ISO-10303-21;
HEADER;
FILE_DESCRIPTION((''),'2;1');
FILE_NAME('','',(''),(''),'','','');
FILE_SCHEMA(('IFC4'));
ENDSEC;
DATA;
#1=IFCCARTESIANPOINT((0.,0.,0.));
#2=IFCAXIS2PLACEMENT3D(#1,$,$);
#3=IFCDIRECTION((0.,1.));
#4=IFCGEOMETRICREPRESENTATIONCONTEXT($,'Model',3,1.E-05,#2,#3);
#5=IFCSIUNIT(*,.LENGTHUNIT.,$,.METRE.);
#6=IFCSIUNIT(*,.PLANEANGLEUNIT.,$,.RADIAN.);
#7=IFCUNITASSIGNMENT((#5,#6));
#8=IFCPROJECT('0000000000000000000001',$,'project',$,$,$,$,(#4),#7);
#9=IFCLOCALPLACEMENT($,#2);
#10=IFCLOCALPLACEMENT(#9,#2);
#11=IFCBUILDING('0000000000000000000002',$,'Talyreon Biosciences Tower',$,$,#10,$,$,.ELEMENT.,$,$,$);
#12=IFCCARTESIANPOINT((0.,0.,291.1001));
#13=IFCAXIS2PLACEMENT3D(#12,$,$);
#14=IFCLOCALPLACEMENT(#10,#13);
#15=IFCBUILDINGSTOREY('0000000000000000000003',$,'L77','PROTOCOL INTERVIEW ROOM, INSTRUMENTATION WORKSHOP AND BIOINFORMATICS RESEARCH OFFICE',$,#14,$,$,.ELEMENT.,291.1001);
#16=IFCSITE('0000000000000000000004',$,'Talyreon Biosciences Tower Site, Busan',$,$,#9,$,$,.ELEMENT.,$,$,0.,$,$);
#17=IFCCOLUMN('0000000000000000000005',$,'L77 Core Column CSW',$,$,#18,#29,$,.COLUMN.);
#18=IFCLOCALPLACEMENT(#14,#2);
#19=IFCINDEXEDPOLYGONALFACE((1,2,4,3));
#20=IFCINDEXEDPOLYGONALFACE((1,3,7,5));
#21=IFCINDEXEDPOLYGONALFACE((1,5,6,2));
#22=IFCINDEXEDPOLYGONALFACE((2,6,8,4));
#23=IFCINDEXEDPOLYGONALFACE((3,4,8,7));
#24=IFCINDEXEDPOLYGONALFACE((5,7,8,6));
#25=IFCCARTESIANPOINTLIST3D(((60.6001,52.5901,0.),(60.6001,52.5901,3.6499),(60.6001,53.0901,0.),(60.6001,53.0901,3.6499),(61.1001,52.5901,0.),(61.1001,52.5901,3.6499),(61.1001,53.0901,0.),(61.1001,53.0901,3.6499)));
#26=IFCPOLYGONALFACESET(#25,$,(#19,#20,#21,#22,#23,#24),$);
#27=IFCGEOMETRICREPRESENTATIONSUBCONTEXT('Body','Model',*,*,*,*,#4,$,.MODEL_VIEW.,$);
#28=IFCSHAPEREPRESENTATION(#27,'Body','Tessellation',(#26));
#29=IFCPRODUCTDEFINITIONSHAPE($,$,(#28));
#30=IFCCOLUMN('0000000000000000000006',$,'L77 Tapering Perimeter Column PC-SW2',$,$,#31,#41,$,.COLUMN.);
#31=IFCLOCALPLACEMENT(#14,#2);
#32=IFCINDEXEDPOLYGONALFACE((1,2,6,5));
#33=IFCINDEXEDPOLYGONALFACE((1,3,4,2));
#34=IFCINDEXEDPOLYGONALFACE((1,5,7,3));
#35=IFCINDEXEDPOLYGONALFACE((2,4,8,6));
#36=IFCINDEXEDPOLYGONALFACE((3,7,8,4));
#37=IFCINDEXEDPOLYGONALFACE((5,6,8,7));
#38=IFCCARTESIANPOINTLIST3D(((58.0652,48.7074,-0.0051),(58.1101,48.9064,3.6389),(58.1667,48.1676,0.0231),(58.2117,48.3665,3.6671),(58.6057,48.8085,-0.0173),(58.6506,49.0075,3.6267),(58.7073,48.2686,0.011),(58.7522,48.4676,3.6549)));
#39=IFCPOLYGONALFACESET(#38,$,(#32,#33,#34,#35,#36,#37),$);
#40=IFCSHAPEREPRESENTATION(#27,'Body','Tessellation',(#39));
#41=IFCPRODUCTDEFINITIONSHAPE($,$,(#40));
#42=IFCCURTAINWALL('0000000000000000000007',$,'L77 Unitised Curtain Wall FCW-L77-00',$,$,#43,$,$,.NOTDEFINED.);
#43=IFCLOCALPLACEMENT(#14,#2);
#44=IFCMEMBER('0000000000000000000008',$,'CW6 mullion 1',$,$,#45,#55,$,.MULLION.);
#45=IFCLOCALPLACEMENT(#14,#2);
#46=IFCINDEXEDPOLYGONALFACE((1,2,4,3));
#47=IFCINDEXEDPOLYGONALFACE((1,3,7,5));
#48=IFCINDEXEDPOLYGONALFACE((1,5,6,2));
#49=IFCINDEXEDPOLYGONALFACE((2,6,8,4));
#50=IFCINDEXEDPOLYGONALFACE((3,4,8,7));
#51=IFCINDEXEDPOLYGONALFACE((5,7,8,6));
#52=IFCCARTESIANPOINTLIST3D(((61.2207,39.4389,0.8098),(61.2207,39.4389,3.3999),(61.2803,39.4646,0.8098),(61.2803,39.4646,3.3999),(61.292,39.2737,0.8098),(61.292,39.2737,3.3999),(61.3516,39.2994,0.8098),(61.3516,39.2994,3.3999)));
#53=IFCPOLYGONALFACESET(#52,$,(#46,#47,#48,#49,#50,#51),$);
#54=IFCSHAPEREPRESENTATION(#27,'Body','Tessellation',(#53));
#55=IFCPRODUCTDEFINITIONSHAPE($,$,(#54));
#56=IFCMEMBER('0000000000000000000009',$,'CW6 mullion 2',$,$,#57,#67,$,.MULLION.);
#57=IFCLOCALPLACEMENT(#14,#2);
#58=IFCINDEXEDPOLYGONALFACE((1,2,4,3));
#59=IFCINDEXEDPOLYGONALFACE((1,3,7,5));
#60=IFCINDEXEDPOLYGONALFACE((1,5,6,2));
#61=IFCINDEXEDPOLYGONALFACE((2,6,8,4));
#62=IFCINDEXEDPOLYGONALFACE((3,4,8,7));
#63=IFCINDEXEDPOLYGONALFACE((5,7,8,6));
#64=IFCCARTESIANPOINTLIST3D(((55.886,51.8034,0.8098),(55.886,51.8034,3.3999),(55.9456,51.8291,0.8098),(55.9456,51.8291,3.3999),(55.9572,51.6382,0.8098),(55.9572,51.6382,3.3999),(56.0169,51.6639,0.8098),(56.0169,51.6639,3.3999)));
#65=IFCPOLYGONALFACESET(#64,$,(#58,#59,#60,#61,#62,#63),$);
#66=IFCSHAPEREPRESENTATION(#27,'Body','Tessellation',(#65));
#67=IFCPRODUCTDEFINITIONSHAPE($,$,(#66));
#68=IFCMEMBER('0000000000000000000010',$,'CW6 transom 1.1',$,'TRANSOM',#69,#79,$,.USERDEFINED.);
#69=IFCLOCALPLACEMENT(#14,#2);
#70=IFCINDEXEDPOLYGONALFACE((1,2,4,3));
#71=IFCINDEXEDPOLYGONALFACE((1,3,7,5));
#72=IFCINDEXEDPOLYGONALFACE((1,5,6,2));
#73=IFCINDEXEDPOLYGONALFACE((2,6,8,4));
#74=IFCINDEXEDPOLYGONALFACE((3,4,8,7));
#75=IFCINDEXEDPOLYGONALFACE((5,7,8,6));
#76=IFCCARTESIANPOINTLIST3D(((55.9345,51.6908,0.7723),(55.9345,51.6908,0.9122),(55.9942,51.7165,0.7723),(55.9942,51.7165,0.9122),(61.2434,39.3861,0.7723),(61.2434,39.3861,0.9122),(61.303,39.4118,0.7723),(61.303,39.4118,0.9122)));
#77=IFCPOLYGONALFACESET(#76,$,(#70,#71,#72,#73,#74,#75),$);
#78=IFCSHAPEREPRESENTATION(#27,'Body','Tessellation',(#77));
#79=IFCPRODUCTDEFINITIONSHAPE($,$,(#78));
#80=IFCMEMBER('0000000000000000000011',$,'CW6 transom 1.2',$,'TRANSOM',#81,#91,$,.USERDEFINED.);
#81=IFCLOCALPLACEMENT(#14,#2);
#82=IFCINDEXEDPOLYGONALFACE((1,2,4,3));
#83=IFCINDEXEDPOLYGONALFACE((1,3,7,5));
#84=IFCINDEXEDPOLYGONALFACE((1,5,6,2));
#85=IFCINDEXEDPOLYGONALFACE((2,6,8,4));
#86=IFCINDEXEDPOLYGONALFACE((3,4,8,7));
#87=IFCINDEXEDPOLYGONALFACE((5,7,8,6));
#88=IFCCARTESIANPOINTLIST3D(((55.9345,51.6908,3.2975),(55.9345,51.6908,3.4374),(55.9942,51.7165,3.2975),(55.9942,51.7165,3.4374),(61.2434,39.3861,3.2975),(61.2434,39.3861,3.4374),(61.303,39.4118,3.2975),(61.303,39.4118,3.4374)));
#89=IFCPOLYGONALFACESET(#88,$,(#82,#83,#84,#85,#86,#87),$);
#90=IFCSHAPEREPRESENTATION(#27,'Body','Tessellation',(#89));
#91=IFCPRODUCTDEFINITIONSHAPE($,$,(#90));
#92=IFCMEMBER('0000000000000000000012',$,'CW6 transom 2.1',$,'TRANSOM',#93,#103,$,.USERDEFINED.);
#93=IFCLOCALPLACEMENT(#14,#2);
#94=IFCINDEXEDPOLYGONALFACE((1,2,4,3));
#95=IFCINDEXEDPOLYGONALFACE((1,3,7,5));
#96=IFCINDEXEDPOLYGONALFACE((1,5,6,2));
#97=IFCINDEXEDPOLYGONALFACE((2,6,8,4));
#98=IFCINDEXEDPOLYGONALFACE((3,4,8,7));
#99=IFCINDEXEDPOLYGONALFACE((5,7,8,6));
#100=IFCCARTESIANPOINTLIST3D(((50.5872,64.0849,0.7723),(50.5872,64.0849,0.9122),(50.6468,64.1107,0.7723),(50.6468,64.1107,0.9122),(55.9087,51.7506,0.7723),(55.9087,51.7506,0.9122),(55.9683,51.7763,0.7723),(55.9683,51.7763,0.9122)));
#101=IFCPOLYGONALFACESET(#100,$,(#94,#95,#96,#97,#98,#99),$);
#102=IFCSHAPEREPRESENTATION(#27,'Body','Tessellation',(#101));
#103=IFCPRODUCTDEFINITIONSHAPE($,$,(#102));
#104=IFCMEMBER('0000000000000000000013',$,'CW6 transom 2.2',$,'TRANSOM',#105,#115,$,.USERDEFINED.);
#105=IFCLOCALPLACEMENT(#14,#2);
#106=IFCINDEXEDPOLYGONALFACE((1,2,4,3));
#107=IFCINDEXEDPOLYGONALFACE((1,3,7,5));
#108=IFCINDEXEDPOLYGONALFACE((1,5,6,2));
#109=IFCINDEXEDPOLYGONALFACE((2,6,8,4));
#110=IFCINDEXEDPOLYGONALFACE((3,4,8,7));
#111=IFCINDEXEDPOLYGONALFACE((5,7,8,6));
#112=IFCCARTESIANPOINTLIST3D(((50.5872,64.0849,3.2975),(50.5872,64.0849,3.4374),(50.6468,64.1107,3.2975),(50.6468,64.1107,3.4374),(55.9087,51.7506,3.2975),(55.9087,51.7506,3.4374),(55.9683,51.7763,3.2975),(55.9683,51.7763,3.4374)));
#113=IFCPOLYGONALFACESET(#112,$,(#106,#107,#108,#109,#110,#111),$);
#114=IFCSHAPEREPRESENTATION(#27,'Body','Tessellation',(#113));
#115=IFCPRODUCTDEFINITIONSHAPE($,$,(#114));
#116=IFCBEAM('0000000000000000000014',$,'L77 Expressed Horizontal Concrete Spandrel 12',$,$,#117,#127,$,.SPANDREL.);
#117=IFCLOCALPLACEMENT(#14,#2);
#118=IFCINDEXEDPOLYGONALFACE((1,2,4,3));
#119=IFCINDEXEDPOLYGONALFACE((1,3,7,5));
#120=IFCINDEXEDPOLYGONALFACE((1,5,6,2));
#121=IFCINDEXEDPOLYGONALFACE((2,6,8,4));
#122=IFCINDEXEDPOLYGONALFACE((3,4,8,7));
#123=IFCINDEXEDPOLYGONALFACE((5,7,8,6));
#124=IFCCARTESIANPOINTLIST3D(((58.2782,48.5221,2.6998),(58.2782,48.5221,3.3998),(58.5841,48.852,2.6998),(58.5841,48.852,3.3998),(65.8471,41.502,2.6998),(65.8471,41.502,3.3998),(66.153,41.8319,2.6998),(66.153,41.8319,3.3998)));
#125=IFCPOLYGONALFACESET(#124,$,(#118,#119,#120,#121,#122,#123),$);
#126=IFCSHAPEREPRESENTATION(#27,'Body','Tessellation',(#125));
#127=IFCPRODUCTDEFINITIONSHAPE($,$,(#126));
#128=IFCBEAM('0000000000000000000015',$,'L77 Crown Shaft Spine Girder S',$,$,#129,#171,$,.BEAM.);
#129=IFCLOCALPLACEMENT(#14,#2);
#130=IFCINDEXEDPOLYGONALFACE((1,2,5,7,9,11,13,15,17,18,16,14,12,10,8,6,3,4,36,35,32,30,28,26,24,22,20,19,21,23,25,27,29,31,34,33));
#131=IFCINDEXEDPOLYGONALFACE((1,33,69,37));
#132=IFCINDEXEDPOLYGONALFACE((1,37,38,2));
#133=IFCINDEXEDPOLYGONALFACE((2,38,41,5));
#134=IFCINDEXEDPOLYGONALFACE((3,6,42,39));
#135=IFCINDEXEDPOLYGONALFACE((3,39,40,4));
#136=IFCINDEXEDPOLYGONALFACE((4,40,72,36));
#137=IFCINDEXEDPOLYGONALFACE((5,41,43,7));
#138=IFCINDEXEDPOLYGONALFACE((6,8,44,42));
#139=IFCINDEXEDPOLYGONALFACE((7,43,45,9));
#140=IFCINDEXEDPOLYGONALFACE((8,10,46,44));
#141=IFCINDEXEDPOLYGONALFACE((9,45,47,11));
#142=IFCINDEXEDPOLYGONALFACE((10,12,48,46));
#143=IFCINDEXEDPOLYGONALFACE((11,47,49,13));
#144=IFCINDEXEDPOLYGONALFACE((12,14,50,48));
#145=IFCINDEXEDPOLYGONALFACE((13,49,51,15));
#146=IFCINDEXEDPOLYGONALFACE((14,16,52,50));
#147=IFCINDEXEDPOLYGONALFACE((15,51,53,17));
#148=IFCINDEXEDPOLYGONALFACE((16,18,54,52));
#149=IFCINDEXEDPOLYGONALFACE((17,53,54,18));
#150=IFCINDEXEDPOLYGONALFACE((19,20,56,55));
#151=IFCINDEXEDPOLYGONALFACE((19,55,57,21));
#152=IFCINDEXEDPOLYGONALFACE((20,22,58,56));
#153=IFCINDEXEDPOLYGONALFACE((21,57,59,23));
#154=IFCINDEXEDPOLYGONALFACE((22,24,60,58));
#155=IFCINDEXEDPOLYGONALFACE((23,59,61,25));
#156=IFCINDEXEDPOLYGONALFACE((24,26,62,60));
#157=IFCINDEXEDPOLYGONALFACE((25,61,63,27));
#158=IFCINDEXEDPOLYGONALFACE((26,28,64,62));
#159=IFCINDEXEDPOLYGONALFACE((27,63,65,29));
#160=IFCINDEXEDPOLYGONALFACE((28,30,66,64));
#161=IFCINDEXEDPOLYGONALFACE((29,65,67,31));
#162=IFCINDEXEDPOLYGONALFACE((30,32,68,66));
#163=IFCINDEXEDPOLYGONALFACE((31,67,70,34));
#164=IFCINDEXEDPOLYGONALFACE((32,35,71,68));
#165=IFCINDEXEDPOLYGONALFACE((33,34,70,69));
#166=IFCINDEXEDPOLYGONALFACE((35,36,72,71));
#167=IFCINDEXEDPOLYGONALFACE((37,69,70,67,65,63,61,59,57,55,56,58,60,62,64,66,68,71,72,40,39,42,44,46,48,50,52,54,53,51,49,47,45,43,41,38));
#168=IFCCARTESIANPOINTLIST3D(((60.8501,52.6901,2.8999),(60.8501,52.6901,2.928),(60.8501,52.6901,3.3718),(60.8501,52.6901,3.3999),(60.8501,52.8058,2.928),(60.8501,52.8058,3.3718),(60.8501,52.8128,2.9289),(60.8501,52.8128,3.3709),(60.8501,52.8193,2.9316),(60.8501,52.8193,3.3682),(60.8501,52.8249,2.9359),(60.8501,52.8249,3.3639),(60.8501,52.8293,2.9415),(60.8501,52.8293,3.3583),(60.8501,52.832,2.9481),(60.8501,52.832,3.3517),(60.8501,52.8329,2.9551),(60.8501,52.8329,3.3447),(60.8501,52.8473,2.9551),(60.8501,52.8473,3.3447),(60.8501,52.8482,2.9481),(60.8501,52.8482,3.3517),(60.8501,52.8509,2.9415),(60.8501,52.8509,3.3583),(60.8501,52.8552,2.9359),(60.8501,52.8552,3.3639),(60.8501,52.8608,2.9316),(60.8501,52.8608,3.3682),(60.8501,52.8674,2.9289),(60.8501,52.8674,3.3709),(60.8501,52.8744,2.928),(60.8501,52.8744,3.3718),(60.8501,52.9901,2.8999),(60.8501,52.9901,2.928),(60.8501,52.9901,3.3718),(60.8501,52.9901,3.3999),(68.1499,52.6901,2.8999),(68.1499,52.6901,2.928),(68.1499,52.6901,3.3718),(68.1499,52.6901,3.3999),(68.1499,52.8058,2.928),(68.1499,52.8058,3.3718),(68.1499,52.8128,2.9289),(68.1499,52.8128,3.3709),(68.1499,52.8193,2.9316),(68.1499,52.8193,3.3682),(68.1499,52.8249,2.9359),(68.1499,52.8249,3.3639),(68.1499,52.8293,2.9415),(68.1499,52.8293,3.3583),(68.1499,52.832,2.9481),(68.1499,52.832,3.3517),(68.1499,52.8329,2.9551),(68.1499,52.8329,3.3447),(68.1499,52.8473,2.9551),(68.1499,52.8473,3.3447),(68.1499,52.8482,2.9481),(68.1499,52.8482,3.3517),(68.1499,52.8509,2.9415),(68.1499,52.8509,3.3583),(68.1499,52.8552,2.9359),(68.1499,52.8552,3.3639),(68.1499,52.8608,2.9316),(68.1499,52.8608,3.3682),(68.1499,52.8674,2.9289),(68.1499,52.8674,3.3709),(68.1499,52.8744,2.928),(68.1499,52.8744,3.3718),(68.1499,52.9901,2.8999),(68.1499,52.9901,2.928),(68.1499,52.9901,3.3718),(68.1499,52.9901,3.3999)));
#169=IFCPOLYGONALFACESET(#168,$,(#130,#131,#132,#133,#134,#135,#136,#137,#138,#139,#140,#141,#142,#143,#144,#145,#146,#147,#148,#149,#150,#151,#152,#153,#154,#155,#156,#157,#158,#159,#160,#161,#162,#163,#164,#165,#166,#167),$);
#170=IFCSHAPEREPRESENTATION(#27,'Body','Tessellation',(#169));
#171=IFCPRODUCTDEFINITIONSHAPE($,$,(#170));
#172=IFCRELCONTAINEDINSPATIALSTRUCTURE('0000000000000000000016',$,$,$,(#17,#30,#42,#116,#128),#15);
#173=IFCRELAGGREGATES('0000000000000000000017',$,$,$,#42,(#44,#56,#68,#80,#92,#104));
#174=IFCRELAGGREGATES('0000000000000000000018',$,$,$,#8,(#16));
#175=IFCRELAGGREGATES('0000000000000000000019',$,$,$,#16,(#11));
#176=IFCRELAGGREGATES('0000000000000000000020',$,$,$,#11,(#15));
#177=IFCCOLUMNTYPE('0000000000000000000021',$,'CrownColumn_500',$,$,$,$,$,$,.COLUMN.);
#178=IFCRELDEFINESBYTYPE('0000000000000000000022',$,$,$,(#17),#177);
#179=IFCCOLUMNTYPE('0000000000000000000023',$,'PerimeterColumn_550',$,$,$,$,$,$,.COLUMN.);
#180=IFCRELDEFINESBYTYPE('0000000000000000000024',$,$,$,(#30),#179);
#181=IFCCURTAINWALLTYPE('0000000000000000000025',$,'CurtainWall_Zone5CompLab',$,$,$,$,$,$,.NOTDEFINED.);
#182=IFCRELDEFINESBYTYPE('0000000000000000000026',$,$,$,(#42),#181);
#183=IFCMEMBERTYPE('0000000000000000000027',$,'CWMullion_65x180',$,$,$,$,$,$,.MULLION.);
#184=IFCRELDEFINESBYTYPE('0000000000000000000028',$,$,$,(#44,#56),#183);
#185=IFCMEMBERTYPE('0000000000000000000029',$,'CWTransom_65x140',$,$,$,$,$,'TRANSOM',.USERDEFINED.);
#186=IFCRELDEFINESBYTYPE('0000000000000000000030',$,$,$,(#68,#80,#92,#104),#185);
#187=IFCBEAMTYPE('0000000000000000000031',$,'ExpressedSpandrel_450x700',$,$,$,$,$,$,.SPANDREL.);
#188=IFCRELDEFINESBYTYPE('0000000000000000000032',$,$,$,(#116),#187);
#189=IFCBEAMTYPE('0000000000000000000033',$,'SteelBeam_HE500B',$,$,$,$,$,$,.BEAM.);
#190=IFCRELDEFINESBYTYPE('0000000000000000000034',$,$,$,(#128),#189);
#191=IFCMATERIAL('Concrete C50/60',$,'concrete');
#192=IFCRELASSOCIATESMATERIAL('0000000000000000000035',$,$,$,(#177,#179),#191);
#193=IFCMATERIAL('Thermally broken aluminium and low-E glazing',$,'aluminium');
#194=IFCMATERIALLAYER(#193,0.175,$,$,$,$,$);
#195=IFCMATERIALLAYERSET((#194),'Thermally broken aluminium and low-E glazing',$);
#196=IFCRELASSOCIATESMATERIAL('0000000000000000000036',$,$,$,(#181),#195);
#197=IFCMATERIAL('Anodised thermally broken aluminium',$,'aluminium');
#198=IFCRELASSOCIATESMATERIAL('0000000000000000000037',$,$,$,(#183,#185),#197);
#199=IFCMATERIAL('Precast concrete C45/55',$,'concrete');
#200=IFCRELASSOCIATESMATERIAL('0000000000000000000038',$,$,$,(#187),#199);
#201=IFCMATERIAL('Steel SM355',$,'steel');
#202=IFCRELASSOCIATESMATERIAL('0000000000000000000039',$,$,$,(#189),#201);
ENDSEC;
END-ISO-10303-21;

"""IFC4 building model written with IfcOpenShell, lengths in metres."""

from ifc_helpers import new_model, si_unit, direction, frame, origin, origin_2d, place, context, subcontext, project, spatial, rectangle, i_section, extrude, material, layer, layer_set, material_profile, profile_set, type_object, element, aggregate, save


model = new_model("IFC4")

# Units and contexts
model_context = context("Model", 3, precision=1e-05, world=origin(), true_north=direction((0.0, 1.0)))
body_context = subcontext(model_context, "Body", "Model", "MODEL_VIEW")
ifc_project = project(units=[si_unit("LENGTHUNIT", "METRE"), si_unit("PLANEANGLEUNIT", "RADIAN")], contexts=[model_context])

# Site, building, storey
site_placement = place(None, origin())
site = spatial("IfcSite", under=ifc_project, at=site_placement, Name="Talyreon Biosciences Tower Site, Busan", CompositionType="ELEMENT", RefElevation=0.0)
building_placement = place(site_placement, origin())
building = spatial("IfcBuilding", under=site, at=building_placement, Name="Talyreon Biosciences Tower", CompositionType="ELEMENT")
storey_placement = place(building_placement, frame((0.0, 0.0, 291.1001)))
storey = spatial("IfcBuildingStorey", under=building, at=storey_placement, Name="L77", Description="PROTOCOL INTERVIEW ROOM, INSTRUMENTATION WORKSHOP AND BIOINFORMATICS RESEARCH OFFICE", CompositionType="ELEMENT", Elevation=291.1001)

# Columns
ifc_material_1 = material(Name="Concrete C50/60", Category="concrete")
ifc_material_profile_1 = material_profile(ifc_material_1, rectangle(XDim=0.5, YDim=0.5, at=origin_2d()), Name="RC 500x500")
ifc_profile_set_1 = profile_set([ifc_material_profile_1], Name="Concrete C50/60")
column_type_1 = type_object("IfcColumnType", Name="CrownColumn_500", PredefinedType="COLUMN", material=ifc_profile_set_1)
column_1_placement = place(storey_placement, frame((60.8501, 52.8401, 0.0), z_axis=(0.0, 0.0, 1.0), x_axis=(1.0, 0.0, 0.0)))
element("IfcColumn", 1, at=column_1_placement, inside=storey, type_object=column_type_1, Name="L77 Core Column CSW", PredefinedType="COLUMN", context=body_context, shape_type="SweptSolid", body=[
    extrude(rectangle(XDim=0.5, YDim=0.5, at=origin_2d()), origin(), (0.0, 0.0, 1.0), 3.6499),
])
ifc_material_profile_2 = material_profile(ifc_material_1, rectangle(XDim=0.55, YDim=0.55, at=origin_2d()), Name="RC 550x550")
ifc_profile_set_2 = profile_set([ifc_material_profile_2], Name="Concrete C50/60")
column_type_2 = type_object("IfcColumnType", Name="PerimeterColumn_550", PredefinedType="COLUMN", material=ifc_profile_set_2)
column_2_placement = place(storey_placement, frame((58.3862, 48.488, 0.0029), z_axis=(0.012308, 0.054517, 0.998437), x_axis=(-0.184676, 0.981459, -0.051314)))
element("IfcColumn", 2, at=column_2_placement, inside=storey, type_object=column_type_2, Name="L77 Tapering Perimeter Column PC-SW2", PredefinedType="COLUMN", context=body_context, shape_type="SweptSolid", body=[
    extrude(rectangle(XDim=0.55, YDim=0.55, at=origin_2d()), origin(), (0.0, 0.0, 1.0), 3.6497),
])

# Curtain wall, members
ifc_material_2 = material(Name="Thermally broken aluminium and low-E glazing", Category="aluminium")
ifc_layer_1 = layer(ifc_material_2, 0.175)
ifc_layer_set_1 = layer_set([ifc_layer_1], Name="Thermally broken aluminium and low-E glazing")
curtain_wall_type = type_object("IfcCurtainWallType", Name="CurtainWall_Zone5CompLab", PredefinedType="NOTDEFINED", material=ifc_layer_set_1)
curtain_wall_placement = place(storey_placement, origin())
curtain_wall = element("IfcCurtainWall", 3, at=curtain_wall_placement, inside=storey, type_object=curtain_wall_type, Name="L77 Unitised Curtain Wall FCW-L77-00", PredefinedType="NOTDEFINED")
ifc_material_3 = material(Name="Anodised thermally broken aluminium", Category="aluminium")
ifc_material_profile_3 = material_profile(ifc_material_3, rectangle(XDim=0.0649, YDim=0.1799, at=origin_2d()), Name="ALUM MULLION 65x180")
ifc_profile_set_3 = profile_set([ifc_material_profile_3], Name="Anodised thermally broken aluminium")
member_type_1 = type_object("IfcMemberType", Name="CWMullion_65x180", PredefinedType="MULLION", material=ifc_profile_set_3)
member_1_placement = place(storey_placement, frame((61.2861, 39.3691, 0.8098), z_axis=(0.0, 0.0, 1.0), x_axis=(-0.918187, -0.396147, 0.0)))
member_1 = element("IfcMember", 4, at=member_1_placement, type_object=member_type_1, Name="CW6 mullion 1", PredefinedType="MULLION", context=body_context, shape_type="SweptSolid", body=[
    extrude(rectangle(XDim=0.0649, YDim=0.1799, at=origin_2d()), origin(), (0.0, 0.0, 1.0), 2.5901),
])
member_2_placement = place(storey_placement, frame((55.9514, 51.7336, 0.8098), z_axis=(0.0, 0.0, 1.0), x_axis=(-0.918187, -0.396147, 0.0)))
member_2 = element("IfcMember", 5, at=member_2_placement, type_object=member_type_1, Name="CW6 mullion 2", PredefinedType="MULLION", context=body_context, shape_type="SweptSolid", body=[
    extrude(rectangle(XDim=0.0649, YDim=0.1799, at=origin_2d()), origin(), (0.0, 0.0, 1.0), 2.5901),
])
ifc_material_profile_4 = material_profile(ifc_material_3, rectangle(XDim=0.0649, YDim=0.1399, at=origin_2d()), Name="ALUM TRANSOM 65x140")
ifc_profile_set_4 = profile_set([ifc_material_profile_4], Name="Anodised thermally broken aluminium")
member_type_2 = type_object("IfcMemberType", Name="CWTransom_65x140", ElementType="TRANSOM", PredefinedType="USERDEFINED", material=ifc_profile_set_4)
member_3_placement = place(storey_placement, frame((61.2732, 39.3989, 0.8423), z_axis=(-0.39615, 0.918186, 0.0), x_axis=(-0.918186, -0.39615, 0.0)))
member_3 = element("IfcMember", 6, at=member_3_placement, type_object=member_type_2, Name="CW6 transom 1.1", ObjectType="TRANSOM", PredefinedType="USERDEFINED", context=body_context, shape_type="SweptSolid", body=[
    extrude(rectangle(XDim=0.0649, YDim=0.1399, at=origin_2d()), origin(), (0.0, 0.0, 1.0), 13.4011),
])
member_4_placement = place(storey_placement, frame((61.2732, 39.3989, 3.3674), z_axis=(-0.39615, 0.918186, 0.0), x_axis=(-0.918186, -0.39615, 0.0)))
member_4 = element("IfcMember", 7, at=member_4_placement, type_object=member_type_2, Name="CW6 transom 1.2", ObjectType="TRANSOM", PredefinedType="USERDEFINED", context=body_context, shape_type="SweptSolid", body=[
    extrude(rectangle(XDim=0.0649, YDim=0.1399, at=origin_2d()), origin(), (0.0, 0.0, 1.0), 13.4011),
])
member_5_placement = place(storey_placement, frame((55.9385, 51.7634, 0.8423), z_axis=(-0.39614, 0.91819, 0.0), x_axis=(-0.91819, -0.39614, 0.0)))
member_5 = element("IfcMember", 8, at=member_5_placement, type_object=member_type_2, Name="CW6 transom 2.1", ObjectType="TRANSOM", PredefinedType="USERDEFINED", context=body_context, shape_type="SweptSolid", body=[
    extrude(rectangle(XDim=0.0649, YDim=0.1399, at=origin_2d()), origin(), (0.0, 0.0, 1.0), 13.4333),
])
member_6_placement = place(storey_placement, frame((55.9385, 51.7634, 3.3674), z_axis=(-0.39614, 0.91819, 0.0), x_axis=(-0.91819, -0.39614, 0.0)))
member_6 = element("IfcMember", 9, at=member_6_placement, type_object=member_type_2, Name="CW6 transom 2.2", ObjectType="TRANSOM", PredefinedType="USERDEFINED", context=body_context, shape_type="SweptSolid", body=[
    extrude(rectangle(XDim=0.0649, YDim=0.1399, at=origin_2d()), origin(), (0.0, 0.0, 1.0), 13.4333),
])

# Beams
ifc_material_4 = material(Name="Precast concrete C45/55", Category="concrete")
ifc_material_profile_5 = material_profile(ifc_material_4, rectangle(XDim=0.45, YDim=0.7, at=origin_2d()), Name="RCB 450x700")
ifc_profile_set_5 = profile_set([ifc_material_profile_5], Name="Precast concrete C45/55")
beam_type_1 = type_object("IfcBeamType", Name="ExpressedSpandrel_450x700", PredefinedType="SPANDREL", material=ifc_profile_set_5)
beam_1_placement = place(storey_placement, frame((58.4312, 48.687, 3.0498), z_axis=(0.733189, -0.680025, 0.0), x_axis=(0.680025, 0.733189, 0.0)))
element("IfcBeam", 10, at=beam_1_placement, inside=storey, type_object=beam_type_1, Name="L77 Expressed Horizontal Concrete Spandrel 12", PredefinedType="SPANDREL", context=body_context, shape_type="SweptSolid", body=[
    extrude(rectangle(XDim=0.45, YDim=0.7, at=origin_2d()), origin(), (0.0, 0.0, 1.0), 10.3232),
])
ifc_material_5 = material(Name="Steel SM355", Category="steel")
ifc_material_profile_6 = material_profile(ifc_material_5, i_section(OverallWidth=0.3, OverallDepth=0.5, WebThickness=0.0144, FlangeThickness=0.0281, FilletRadius=0.0271, at=origin_2d()), Name="HE500B")
ifc_profile_set_6 = profile_set([ifc_material_profile_6], Name="Steel SM355")
beam_type_2 = type_object("IfcBeamType", Name="SteelBeam_HE500B", PredefinedType="BEAM", material=ifc_profile_set_6)
beam_2_placement = place(storey_placement, frame((60.8501, 52.8401, 3.1499), z_axis=(1.0, 0.0, 0.0), x_axis=(0.0, 1.0, 0.0)))
element("IfcBeam", 11, at=beam_2_placement, inside=storey, type_object=beam_type_2, Name="L77 Crown Shaft Spine Girder S", PredefinedType="BEAM", context=body_context, shape_type="SweptSolid", body=[
    extrude(i_section(OverallWidth=0.3, OverallDepth=0.5, WebThickness=0.0144, FlangeThickness=0.0281, FilletRadius=0.0271, at=origin_2d()), origin(), (0.0, 0.0, 1.0), 7.2998),
])

aggregate(curtain_wall, [member_1, member_2, member_3, member_4, member_5, member_6])

save(model, "model.ifc")
